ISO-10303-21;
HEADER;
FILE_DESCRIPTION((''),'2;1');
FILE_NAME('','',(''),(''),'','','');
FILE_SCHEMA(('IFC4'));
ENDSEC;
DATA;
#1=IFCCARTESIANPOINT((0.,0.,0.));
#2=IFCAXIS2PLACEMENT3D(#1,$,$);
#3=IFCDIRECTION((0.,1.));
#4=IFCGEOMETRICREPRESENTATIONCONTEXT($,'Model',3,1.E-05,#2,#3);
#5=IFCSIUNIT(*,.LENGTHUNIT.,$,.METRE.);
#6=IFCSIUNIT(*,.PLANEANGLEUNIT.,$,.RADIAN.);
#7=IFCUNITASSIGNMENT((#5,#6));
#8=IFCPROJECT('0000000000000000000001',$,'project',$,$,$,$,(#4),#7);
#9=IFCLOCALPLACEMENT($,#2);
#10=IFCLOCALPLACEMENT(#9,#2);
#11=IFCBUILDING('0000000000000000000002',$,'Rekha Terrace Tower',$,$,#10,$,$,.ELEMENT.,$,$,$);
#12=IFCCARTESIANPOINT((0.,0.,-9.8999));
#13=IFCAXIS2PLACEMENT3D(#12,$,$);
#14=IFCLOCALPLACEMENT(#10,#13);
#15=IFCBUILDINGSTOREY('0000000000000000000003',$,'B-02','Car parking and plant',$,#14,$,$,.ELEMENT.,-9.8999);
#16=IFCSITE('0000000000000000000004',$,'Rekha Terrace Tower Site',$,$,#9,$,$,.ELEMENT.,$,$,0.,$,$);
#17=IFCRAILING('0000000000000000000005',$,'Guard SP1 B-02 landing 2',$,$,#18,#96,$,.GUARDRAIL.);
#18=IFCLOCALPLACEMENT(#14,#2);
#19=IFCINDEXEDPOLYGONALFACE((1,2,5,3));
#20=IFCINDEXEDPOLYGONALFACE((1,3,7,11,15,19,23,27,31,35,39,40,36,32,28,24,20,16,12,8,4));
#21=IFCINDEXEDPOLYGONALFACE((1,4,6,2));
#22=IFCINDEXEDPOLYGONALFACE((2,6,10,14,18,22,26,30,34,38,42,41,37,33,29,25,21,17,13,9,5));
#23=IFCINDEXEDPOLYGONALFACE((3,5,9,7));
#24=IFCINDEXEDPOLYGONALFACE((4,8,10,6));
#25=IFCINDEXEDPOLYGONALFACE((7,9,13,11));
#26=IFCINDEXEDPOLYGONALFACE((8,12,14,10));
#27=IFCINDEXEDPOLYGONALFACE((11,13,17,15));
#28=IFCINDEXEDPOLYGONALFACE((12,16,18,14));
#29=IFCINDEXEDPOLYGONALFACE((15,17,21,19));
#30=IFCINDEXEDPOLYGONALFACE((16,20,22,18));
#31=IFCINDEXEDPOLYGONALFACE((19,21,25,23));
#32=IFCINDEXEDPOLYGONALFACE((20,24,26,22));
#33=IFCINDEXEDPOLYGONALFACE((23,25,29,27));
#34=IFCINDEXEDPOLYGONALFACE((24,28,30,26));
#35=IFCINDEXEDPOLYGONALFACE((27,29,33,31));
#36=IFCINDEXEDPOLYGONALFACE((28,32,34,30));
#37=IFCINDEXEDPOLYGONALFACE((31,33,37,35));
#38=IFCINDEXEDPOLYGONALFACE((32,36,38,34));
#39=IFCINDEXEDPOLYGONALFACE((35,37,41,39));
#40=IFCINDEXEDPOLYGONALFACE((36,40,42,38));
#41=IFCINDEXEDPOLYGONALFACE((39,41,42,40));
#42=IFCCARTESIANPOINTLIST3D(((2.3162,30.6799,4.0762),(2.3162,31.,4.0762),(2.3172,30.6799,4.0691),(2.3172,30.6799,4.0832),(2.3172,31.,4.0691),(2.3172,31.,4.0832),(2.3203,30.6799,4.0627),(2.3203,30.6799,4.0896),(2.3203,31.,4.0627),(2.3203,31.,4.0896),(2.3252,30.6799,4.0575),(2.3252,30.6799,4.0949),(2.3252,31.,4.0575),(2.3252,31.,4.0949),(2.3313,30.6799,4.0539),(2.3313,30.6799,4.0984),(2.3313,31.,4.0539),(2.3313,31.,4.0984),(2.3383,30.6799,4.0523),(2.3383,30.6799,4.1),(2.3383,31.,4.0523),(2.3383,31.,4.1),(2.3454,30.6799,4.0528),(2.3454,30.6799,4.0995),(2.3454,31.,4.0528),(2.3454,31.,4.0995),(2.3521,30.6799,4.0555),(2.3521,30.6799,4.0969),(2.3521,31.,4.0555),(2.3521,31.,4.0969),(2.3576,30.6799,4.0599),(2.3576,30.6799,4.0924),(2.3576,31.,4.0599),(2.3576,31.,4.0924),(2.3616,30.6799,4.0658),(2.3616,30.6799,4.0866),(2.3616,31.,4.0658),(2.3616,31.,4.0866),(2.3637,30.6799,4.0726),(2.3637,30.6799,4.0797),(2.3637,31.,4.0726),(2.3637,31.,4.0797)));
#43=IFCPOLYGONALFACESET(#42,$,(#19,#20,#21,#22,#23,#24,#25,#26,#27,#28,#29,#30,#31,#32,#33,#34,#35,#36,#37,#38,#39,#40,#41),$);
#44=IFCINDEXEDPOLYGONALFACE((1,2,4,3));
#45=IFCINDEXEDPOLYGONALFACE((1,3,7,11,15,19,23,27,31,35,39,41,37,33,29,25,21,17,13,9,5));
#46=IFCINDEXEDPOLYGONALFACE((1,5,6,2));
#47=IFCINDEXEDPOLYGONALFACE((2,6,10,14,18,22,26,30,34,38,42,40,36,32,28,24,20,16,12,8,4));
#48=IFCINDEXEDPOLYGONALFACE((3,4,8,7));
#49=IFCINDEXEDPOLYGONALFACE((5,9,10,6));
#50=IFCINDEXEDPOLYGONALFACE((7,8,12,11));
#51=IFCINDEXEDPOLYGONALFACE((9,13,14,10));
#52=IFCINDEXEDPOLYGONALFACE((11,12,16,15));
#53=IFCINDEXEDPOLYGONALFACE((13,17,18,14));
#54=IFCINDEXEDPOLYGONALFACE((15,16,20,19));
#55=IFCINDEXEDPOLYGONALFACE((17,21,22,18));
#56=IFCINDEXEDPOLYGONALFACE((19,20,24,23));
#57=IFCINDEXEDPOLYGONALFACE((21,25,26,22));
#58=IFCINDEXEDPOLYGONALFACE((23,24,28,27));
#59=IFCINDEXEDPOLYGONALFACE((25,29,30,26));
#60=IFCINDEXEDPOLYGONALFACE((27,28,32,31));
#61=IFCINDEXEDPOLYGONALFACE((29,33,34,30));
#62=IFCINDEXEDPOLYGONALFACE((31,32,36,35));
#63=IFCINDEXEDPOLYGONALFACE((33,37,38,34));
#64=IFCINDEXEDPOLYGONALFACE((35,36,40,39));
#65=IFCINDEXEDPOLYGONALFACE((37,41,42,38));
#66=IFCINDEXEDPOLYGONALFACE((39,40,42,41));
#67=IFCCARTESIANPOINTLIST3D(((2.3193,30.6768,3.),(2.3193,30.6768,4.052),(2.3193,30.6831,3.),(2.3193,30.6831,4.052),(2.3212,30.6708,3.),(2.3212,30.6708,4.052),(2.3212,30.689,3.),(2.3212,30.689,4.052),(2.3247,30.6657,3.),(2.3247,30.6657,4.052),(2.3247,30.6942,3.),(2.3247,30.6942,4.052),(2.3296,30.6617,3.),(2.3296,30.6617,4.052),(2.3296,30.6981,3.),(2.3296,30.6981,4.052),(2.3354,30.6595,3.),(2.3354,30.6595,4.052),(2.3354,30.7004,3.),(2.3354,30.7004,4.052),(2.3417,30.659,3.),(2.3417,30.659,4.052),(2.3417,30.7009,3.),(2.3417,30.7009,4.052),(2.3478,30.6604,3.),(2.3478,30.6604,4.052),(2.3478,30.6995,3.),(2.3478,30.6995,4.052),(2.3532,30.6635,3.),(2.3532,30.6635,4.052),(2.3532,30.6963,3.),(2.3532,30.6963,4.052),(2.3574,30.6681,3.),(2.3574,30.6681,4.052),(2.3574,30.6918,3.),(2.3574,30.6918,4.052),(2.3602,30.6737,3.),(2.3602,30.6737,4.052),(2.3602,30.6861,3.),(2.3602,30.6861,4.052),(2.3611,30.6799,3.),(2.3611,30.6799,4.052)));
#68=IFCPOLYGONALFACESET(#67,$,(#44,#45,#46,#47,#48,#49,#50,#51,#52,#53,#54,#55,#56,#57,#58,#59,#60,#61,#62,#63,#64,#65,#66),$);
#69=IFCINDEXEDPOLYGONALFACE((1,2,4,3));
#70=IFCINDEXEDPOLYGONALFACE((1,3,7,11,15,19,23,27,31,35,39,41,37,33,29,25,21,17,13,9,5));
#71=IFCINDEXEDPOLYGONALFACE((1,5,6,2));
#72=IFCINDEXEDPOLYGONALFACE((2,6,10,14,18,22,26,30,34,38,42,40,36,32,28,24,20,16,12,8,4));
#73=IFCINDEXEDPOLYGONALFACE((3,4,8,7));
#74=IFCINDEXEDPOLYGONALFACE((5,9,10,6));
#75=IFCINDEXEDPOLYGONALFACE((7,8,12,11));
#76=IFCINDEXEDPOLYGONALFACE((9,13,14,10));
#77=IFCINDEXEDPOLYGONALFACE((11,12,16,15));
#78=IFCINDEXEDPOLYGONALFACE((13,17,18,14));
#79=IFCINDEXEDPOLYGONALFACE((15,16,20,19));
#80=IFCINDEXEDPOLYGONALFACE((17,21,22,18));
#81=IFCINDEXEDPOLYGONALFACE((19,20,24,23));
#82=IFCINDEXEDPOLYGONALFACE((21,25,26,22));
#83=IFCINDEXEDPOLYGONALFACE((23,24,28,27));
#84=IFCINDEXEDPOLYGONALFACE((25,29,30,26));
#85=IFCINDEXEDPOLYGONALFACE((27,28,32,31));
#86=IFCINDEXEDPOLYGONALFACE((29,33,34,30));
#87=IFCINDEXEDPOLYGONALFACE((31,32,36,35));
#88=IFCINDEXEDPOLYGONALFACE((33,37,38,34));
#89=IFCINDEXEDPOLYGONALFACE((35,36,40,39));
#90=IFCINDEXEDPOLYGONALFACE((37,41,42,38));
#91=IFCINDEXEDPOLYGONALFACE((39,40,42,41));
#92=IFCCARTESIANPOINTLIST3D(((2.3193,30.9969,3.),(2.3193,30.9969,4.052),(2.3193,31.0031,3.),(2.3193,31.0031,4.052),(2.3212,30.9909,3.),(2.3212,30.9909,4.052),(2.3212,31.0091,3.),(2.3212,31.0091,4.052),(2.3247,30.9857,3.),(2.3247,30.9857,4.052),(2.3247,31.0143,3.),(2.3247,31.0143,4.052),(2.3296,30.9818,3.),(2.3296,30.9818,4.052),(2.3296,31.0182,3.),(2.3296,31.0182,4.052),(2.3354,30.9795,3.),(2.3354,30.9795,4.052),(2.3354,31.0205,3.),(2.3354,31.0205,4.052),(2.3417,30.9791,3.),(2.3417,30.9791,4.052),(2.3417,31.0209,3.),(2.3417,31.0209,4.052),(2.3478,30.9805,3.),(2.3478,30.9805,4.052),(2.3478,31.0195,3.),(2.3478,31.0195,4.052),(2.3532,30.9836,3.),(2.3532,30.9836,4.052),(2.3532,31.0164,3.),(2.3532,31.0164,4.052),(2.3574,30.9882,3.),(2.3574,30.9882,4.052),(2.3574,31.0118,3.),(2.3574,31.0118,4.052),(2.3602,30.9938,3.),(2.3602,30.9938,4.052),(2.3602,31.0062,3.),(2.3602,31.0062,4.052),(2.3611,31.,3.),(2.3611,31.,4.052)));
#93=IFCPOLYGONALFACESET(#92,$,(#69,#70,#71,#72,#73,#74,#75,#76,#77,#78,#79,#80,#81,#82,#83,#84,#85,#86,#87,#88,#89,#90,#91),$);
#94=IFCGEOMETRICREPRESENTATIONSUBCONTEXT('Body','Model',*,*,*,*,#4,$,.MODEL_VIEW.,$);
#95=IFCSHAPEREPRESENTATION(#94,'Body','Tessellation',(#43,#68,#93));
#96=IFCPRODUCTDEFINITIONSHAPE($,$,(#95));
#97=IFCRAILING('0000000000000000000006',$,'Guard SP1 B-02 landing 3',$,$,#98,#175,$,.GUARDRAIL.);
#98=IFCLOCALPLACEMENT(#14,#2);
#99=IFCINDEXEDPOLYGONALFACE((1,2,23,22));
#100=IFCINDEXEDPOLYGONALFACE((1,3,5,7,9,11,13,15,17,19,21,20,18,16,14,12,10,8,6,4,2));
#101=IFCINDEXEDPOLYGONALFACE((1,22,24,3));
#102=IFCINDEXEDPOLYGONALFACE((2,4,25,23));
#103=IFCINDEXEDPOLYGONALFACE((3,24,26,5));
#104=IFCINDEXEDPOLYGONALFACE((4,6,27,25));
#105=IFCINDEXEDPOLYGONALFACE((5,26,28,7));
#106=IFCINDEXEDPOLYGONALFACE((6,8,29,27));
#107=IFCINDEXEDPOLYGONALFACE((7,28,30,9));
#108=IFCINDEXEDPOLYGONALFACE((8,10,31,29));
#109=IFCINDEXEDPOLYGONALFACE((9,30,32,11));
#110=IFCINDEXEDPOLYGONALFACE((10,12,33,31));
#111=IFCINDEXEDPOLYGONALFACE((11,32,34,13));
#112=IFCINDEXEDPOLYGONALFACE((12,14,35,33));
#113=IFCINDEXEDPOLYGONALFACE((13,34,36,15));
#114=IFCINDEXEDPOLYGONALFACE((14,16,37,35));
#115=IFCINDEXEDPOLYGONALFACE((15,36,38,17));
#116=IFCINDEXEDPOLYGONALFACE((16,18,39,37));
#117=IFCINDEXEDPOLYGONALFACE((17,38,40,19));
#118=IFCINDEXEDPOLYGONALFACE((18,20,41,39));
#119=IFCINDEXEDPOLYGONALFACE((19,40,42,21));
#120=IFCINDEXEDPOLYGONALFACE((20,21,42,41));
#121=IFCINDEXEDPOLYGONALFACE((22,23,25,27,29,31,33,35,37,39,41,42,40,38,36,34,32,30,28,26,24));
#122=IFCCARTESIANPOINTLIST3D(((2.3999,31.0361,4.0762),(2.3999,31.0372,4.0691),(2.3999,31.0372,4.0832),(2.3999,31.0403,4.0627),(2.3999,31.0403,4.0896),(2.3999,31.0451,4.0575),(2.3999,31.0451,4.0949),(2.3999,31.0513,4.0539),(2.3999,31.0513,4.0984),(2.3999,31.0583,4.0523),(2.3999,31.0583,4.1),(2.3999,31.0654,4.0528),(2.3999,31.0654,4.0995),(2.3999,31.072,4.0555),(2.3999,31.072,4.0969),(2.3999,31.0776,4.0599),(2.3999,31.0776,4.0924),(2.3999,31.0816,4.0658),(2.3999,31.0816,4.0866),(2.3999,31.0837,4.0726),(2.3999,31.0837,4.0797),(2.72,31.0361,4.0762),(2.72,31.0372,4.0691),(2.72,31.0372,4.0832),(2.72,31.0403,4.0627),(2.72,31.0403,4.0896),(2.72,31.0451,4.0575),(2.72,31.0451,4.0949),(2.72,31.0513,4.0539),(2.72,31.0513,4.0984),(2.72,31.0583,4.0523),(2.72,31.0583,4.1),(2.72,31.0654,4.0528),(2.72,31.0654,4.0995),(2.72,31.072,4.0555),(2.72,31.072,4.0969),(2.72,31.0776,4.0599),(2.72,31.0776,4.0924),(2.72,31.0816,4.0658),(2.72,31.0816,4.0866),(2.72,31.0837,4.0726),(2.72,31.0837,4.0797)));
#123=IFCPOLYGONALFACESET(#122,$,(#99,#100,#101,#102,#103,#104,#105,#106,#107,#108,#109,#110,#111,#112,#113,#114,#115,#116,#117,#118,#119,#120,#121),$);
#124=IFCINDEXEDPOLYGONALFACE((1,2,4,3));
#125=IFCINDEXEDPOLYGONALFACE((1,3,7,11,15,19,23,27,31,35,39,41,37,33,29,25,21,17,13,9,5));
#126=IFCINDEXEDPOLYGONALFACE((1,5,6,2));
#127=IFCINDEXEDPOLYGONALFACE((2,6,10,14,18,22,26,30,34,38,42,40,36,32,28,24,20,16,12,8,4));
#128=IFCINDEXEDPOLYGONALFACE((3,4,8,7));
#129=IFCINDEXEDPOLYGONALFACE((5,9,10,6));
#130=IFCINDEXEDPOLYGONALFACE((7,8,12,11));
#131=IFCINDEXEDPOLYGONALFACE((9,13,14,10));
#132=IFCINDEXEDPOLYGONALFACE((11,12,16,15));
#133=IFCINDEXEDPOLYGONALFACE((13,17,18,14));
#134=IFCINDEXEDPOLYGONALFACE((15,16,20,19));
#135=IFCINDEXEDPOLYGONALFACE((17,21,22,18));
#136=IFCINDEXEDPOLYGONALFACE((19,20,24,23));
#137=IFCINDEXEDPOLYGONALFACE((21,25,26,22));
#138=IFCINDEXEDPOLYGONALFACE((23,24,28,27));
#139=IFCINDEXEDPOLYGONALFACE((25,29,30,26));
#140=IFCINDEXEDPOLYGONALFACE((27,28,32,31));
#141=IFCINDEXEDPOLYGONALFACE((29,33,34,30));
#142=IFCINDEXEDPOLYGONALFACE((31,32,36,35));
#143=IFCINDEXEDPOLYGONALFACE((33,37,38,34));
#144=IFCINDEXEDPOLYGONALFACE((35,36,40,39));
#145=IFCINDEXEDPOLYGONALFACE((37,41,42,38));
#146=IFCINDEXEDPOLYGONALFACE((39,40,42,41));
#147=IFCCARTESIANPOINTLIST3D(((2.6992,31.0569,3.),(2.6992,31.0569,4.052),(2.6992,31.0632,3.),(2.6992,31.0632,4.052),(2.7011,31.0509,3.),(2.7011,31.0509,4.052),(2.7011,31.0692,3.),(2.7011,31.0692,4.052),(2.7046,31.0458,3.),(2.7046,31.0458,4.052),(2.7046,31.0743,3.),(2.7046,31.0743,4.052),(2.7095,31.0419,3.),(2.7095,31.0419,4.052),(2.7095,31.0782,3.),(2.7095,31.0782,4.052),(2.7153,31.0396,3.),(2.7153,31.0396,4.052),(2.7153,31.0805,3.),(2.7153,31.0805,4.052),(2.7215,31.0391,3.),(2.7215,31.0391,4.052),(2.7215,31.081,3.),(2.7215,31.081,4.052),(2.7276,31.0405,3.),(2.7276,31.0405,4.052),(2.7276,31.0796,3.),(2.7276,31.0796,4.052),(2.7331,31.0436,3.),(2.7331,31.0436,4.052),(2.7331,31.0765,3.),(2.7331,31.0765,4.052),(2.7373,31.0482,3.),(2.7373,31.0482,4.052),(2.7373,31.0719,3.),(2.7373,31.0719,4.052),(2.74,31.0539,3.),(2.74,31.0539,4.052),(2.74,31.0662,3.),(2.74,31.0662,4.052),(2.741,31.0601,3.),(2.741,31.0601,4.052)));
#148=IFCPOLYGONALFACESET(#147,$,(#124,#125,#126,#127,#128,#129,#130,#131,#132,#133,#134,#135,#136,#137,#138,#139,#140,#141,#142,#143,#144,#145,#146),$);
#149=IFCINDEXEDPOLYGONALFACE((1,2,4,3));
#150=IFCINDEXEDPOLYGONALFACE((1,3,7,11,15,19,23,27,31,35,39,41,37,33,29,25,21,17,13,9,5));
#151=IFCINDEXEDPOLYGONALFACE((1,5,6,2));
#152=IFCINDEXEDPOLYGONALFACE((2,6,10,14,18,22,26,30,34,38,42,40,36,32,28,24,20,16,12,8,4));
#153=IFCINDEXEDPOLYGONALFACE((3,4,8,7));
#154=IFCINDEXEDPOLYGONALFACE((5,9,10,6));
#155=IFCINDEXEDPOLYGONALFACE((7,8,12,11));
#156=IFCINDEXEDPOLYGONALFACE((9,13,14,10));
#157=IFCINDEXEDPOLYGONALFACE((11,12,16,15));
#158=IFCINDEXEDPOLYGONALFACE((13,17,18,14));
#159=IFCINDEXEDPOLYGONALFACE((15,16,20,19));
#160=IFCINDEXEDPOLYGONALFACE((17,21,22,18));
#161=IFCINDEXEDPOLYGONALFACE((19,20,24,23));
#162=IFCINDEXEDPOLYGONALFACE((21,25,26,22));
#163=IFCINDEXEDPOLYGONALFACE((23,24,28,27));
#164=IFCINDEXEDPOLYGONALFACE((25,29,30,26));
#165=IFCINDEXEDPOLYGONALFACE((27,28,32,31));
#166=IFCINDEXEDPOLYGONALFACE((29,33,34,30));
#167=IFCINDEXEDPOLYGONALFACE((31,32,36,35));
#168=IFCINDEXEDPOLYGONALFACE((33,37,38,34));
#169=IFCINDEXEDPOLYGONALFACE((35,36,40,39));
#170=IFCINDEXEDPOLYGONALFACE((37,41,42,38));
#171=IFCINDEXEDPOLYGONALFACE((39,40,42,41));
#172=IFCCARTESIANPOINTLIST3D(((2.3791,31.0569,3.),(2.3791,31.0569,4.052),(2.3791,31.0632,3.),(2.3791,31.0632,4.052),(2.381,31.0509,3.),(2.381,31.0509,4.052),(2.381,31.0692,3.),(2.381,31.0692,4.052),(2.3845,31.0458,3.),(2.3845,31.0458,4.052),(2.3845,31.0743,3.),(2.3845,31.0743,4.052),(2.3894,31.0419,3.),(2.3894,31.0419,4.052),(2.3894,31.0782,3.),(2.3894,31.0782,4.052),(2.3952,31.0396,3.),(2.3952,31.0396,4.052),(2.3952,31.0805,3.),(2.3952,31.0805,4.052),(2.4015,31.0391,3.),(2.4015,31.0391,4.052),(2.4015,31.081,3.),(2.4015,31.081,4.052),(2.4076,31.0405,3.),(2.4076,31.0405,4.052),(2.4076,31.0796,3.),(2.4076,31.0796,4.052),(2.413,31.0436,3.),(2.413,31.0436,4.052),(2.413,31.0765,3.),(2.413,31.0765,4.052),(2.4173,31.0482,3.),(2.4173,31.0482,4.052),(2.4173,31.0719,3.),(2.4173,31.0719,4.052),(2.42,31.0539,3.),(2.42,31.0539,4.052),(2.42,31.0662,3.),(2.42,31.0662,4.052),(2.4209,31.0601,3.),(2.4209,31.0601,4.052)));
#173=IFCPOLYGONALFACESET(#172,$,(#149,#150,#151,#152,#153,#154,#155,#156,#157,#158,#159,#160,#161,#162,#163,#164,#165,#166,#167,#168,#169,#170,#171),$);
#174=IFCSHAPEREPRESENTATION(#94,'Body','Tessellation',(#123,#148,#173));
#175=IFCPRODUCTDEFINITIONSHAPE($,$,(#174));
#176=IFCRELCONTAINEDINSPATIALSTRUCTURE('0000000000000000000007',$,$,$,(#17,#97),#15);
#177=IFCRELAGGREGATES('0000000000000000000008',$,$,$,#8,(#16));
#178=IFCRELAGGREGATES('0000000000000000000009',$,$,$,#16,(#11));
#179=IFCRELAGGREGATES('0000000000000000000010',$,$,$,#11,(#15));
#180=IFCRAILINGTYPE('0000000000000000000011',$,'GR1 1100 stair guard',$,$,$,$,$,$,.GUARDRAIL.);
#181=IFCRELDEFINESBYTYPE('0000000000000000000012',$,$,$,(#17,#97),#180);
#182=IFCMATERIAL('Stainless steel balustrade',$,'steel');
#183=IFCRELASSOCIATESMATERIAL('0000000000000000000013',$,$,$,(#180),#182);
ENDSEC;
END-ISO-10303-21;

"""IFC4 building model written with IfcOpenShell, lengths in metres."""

from ifc_helpers import new_model, si_unit, direction, frame, origin, origin_2d, place, context, subcontext, project, spatial, circle, extrude, material, type_object, element, save


model = new_model("IFC4")

# Units and contexts
model_context = context("Model", 3, precision=1e-05, world=origin(), true_north=direction((0.0, 1.0)))
body_context = subcontext(model_context, "Body", "Model", "MODEL_VIEW")
ifc_project = project(units=[si_unit("LENGTHUNIT", "METRE"), si_unit("PLANEANGLEUNIT", "RADIAN")], contexts=[model_context])

# Site, building, storey
site_placement = place(None, origin())
site = spatial("IfcSite", under=ifc_project, at=site_placement, Name="Rekha Terrace Tower Site", CompositionType="ELEMENT", RefElevation=0.0)
building_placement = place(site_placement, origin())
building = spatial("IfcBuilding", under=site, at=building_placement, Name="Rekha Terrace Tower", CompositionType="ELEMENT")
storey_placement = place(building_placement, frame((0.0, 0.0, -9.8999)))
storey = spatial("IfcBuildingStorey", under=building, at=storey_placement, Name="B-02", Description="Car parking and plant", CompositionType="ELEMENT", Elevation=-9.8999)

# Railings
ifc_material_1 = material(Name="Stainless steel balustrade", Category="steel")
railing_type_1 = type_object("IfcRailingType", Name="GR1 1100 stair guard", PredefinedType="GUARDRAIL", material=ifc_material_1)
railing_1_placement = place(storey_placement, frame((2.3401, 30.6799, 3.0)))
element("IfcRailing", 1, at=railing_1_placement, inside=storey, type_object=railing_type_1, Name="Guard SP1 B-02 landing 2", PredefinedType="GUARDRAIL", context=body_context, shape_type="SweptSolid", body=[
    extrude(circle(Radius=0.0239, at=origin_2d()), frame((0.0, 0.0, 1.0762), z_axis=(0.0, 1.0, 0.0), x_axis=(-1.0, 0.0, 0.0)), (0.0, 0.0, 1.0), 0.3201),
    extrude(circle(Radius=0.021, at=origin_2d()), origin(), (0.0, 0.0, 1.0), 1.052),
    extrude(circle(Radius=0.021, at=origin_2d()), frame((0.0, 0.3201, 0.0)), (0.0, 0.0, 1.0), 1.052),
])
railing_2_placement = place(storey_placement, frame((2.72, 31.0601, 3.0)))
element("IfcRailing", 2, at=railing_2_placement, inside=storey, type_object=railing_type_1, Name="Guard SP1 B-02 landing 3", PredefinedType="GUARDRAIL", context=body_context, shape_type="SweptSolid", body=[
    extrude(circle(Radius=0.0239, at=origin_2d()), frame((0.0, 0.0, 1.0762), z_axis=(-1.0, 0.0, 0.0), x_axis=(0.0, -1.0, 0.0)), (0.0, 0.0, 1.0), 0.3201),
    extrude(circle(Radius=0.021, at=origin_2d()), origin(), (0.0, 0.0, 1.0), 1.052),
    extrude(circle(Radius=0.021, at=origin_2d()), frame((-0.3201, 0.0, 0.0)), (0.0, 0.0, 1.0), 1.052),
])

save(model, "model.ifc")
